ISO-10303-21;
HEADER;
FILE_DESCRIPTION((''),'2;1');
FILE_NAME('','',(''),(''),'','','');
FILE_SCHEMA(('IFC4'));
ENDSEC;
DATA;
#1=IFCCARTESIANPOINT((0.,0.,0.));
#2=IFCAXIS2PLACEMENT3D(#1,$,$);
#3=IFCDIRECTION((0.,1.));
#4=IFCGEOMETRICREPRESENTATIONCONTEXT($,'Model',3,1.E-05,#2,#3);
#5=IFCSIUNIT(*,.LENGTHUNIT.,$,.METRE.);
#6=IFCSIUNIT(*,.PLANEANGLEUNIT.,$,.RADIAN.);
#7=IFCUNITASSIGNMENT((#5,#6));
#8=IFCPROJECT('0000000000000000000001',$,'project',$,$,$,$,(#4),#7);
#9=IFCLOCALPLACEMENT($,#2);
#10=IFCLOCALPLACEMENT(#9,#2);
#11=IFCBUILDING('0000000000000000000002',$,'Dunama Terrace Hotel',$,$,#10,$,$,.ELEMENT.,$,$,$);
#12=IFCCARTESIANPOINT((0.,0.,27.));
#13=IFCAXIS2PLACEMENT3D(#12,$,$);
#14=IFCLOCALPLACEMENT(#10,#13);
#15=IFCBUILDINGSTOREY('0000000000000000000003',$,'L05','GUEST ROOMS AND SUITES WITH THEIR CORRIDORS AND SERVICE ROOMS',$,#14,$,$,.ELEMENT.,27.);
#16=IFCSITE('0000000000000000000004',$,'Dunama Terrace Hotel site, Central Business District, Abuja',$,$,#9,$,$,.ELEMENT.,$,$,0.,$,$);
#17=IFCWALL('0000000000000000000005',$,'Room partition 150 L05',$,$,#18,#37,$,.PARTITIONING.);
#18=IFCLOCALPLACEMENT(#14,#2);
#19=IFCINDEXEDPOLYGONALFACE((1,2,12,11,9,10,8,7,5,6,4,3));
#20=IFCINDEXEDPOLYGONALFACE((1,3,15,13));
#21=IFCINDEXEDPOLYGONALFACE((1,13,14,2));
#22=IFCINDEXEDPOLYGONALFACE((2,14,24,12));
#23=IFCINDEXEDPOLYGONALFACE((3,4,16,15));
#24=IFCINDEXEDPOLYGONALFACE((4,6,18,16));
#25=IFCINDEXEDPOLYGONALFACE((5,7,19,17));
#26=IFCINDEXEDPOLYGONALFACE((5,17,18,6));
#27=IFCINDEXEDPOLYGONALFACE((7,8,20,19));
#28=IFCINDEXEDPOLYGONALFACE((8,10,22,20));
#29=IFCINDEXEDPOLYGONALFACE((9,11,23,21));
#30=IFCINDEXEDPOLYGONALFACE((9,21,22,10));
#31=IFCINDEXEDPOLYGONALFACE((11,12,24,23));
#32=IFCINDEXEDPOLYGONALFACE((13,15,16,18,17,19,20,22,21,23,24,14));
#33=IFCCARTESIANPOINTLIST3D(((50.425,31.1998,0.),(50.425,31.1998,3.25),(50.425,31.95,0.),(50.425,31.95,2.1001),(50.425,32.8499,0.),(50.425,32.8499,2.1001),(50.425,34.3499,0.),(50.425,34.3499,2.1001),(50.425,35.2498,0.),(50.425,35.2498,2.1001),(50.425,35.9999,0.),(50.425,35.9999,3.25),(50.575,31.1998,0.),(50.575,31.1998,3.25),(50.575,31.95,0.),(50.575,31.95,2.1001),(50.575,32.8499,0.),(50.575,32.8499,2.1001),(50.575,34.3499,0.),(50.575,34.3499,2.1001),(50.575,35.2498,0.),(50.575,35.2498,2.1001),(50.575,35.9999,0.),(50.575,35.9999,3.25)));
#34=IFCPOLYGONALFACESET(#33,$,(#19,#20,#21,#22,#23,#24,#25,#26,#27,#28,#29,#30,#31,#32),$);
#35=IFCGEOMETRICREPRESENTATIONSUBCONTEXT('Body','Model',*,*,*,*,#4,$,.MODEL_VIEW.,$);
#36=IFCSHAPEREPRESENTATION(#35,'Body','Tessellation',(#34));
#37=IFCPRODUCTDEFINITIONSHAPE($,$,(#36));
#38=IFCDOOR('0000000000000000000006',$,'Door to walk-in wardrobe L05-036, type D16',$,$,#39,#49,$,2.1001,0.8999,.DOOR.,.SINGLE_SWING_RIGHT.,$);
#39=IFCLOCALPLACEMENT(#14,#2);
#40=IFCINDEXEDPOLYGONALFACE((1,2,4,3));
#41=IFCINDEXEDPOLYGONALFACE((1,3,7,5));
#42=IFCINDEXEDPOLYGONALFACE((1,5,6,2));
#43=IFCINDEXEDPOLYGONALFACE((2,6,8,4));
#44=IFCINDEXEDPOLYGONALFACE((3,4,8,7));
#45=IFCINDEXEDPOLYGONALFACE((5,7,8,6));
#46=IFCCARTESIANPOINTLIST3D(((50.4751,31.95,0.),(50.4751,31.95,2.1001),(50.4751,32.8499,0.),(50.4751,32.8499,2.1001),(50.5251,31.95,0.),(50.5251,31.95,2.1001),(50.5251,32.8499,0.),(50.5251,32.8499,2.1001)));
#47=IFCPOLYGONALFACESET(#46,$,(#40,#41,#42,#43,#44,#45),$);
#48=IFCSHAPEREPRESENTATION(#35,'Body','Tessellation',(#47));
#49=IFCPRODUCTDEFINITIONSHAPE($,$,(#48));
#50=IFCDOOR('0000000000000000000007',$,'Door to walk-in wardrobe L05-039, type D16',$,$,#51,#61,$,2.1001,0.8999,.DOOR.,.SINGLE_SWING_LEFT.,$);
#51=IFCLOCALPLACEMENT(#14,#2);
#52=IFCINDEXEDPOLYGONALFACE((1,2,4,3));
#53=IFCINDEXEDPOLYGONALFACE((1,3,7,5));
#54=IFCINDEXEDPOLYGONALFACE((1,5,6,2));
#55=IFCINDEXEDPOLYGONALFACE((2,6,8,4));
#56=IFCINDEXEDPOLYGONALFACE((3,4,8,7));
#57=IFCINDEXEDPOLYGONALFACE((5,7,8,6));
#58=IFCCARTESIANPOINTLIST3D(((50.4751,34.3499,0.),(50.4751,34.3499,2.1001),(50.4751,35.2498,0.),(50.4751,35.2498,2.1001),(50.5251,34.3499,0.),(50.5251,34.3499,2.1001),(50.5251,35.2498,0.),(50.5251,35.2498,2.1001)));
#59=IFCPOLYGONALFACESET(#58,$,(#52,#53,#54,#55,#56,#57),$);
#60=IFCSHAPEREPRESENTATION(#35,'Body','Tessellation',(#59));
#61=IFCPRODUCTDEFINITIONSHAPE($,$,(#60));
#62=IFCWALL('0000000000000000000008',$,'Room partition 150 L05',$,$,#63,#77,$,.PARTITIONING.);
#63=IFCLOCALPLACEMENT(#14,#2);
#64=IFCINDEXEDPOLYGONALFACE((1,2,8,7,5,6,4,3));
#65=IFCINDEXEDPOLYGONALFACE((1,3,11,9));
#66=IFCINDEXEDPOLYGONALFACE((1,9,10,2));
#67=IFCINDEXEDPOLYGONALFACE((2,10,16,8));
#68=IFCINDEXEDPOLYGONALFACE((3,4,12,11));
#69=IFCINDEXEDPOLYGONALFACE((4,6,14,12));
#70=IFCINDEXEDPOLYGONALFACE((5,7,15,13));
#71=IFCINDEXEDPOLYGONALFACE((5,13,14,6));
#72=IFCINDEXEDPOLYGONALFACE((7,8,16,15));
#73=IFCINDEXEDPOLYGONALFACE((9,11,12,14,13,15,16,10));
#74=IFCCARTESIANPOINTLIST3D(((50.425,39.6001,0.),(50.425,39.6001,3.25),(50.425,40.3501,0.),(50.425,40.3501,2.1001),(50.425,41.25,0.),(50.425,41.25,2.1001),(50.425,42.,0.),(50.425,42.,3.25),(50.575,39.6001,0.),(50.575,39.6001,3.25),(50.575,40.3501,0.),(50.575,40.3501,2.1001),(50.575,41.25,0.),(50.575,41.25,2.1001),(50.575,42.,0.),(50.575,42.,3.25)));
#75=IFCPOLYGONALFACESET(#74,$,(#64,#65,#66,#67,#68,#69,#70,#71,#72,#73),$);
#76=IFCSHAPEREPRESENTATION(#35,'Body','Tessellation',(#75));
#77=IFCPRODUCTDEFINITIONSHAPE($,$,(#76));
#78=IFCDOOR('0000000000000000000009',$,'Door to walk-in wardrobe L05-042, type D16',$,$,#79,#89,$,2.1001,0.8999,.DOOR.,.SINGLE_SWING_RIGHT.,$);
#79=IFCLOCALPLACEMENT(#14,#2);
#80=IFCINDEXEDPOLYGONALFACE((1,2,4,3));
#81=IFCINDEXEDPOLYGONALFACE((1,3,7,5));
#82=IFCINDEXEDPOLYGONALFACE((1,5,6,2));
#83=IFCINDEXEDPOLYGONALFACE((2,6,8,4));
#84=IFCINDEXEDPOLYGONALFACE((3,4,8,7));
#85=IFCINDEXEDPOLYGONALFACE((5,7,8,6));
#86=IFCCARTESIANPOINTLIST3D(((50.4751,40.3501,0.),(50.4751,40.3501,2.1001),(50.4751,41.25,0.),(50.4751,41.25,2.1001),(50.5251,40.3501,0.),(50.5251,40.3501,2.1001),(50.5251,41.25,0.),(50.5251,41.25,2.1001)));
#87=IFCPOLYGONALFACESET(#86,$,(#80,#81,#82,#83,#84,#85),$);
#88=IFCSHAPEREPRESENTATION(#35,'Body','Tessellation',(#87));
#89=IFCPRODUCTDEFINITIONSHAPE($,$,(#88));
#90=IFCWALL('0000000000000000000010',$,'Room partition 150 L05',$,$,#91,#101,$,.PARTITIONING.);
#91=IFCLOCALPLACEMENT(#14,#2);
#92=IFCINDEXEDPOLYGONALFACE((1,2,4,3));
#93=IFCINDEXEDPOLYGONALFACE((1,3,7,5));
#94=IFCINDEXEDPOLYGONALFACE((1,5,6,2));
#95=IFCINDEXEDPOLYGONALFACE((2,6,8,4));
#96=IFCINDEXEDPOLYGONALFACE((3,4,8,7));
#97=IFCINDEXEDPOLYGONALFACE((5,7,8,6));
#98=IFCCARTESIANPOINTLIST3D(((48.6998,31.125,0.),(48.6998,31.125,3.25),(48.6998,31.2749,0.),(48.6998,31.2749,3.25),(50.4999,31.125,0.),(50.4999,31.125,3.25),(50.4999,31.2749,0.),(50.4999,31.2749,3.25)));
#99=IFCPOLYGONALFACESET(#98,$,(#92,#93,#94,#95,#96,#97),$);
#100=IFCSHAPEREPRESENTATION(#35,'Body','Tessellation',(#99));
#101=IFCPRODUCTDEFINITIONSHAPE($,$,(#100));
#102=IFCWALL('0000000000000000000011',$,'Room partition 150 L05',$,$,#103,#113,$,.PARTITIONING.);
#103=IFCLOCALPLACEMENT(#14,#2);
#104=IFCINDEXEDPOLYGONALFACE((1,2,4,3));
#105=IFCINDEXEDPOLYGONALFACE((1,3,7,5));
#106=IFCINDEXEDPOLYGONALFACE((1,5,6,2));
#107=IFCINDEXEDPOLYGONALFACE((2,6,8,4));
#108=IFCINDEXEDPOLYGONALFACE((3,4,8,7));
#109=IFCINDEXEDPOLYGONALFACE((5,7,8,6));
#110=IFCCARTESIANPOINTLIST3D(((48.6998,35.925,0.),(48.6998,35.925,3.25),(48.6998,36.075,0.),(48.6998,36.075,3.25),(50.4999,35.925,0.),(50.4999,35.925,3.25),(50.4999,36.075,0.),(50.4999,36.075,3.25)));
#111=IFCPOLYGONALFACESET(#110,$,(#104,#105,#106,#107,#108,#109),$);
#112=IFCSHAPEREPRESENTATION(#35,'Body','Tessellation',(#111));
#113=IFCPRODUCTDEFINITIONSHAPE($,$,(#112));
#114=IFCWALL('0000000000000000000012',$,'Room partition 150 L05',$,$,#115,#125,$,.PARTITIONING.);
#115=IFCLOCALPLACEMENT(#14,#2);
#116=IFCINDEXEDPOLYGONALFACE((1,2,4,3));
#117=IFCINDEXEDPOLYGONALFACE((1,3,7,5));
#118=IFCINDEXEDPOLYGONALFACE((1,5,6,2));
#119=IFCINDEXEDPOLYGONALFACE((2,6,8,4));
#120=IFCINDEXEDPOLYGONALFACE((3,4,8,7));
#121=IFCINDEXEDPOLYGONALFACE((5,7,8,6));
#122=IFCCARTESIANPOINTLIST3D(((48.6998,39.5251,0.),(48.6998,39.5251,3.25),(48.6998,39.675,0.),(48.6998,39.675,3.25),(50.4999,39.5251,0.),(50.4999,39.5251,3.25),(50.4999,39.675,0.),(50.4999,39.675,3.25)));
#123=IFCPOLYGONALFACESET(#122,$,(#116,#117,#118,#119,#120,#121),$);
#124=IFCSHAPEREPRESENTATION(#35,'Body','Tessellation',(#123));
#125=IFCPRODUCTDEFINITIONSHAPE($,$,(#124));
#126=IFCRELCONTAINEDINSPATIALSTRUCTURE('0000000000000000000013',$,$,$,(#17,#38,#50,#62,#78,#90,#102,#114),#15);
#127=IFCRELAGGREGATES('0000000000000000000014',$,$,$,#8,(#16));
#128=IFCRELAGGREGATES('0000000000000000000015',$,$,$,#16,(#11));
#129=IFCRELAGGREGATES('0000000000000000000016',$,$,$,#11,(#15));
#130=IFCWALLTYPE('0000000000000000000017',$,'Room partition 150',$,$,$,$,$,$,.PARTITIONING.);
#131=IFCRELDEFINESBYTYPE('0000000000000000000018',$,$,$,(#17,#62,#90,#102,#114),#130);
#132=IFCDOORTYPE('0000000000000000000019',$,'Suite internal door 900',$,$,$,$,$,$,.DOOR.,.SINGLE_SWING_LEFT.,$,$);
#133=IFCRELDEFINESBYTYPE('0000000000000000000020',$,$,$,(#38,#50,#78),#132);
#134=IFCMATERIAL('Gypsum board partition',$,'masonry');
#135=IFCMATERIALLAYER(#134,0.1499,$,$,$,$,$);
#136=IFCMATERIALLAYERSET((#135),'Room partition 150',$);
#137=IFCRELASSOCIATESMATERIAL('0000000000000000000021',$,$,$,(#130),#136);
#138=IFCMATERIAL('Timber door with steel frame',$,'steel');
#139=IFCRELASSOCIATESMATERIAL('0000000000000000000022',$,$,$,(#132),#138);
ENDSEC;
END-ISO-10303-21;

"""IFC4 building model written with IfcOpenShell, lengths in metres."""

from ifc_helpers import new_model, si_unit, direction, frame, frame_2d, origin, place, context, subcontext, project, spatial, rectangle, extrude, material, layer, layer_set, type_object, element, fill, save


model = new_model("IFC4")

# Units and contexts
model_context = context("Model", 3, precision=1e-05, world=origin(), true_north=direction((0.0, 1.0)))
body_context = subcontext(model_context, "Body", "Model", "MODEL_VIEW")
ifc_project = project(units=[si_unit("LENGTHUNIT", "METRE"), si_unit("PLANEANGLEUNIT", "RADIAN")], contexts=[model_context])

# Site, building, storey
site_placement = place(None, origin())
site = spatial("IfcSite", under=ifc_project, at=site_placement, Name="Dunama Terrace Hotel site, Central Business District, Abuja", CompositionType="ELEMENT", RefElevation=0.0)
building_placement = place(site_placement, origin())
building = spatial("IfcBuilding", under=site, at=building_placement, Name="Dunama Terrace Hotel", CompositionType="ELEMENT")
storey_placement = place(building_placement, frame((0.0, 0.0, 27.0)))
storey = spatial("IfcBuildingStorey", under=building, at=storey_placement, Name="L05", Description="GUEST ROOMS AND SUITES WITH THEIR CORRIDORS AND SERVICE ROOMS", CompositionType="ELEMENT", Elevation=27.0)

# Shared definitions
ifc_material_1 = material(Name="Gypsum board partition", Category="masonry")
ifc_layer_1 = layer(ifc_material_1, 0.1499)
ifc_layer_set_1 = layer_set([ifc_layer_1], Name="Room partition 150")
wall_type = type_object("IfcWallType", Name="Room partition 150", PredefinedType="PARTITIONING", material=ifc_layer_set_1)

# Wall, openings, doors
ifc_material_2 = material(Name="Timber door with steel frame", Category="steel")
door_type = type_object("IfcDoorType", Name="Suite internal door 900", OperationType="SINGLE_SWING_LEFT", PredefinedType="DOOR", material=ifc_material_2)
wall_1_placement = place(storey_placement, frame((50.5, 31.2, 0.0), z_axis=(0.0, 0.0, 1.0), x_axis=(0.0, 1.0, 0.0)))
wall_1 = element("IfcWall", 1, at=wall_1_placement, inside=storey, type_object=wall_type, Name="Room partition 150 L05", PredefinedType="PARTITIONING", context=body_context, shape_type="SweptSolid", body=[
    extrude(rectangle(XDim=4.8, YDim=0.1499, at=frame_2d((2.3999, 0.0))), origin(), (0.0, 0.0, 1.0), 3.25),
])
opening_1_placement = place(wall_1_placement, frame((0.75, 0.0, 0.0)))
opening_1 = element("IfcOpeningElement", 2, at=opening_1_placement, cuts=wall_1, PredefinedType="OPENING", context=body_context, shape_type="SweptSolid", body=[
    extrude(rectangle(XDim=0.8999, YDim=2.1001, at=frame_2d((0.45, 1.05))), frame((0.0, 0.085, 0.0), z_axis=(0.0, -1.0, 0.0), x_axis=(1.0, 0.0, 0.0)), (0.0, 0.0, 1.0), 0.1699),
])
opening_2_placement = place(wall_1_placement, frame((3.1499, 0.0, 0.0)))
opening_2 = element("IfcOpeningElement", 3, at=opening_2_placement, cuts=wall_1, PredefinedType="OPENING", context=body_context, shape_type="SweptSolid", body=[
    extrude(rectangle(XDim=0.8999, YDim=2.1001, at=frame_2d((0.45, 1.05))), frame((0.0, 0.085, 0.0), z_axis=(0.0, -1.0, 0.0), x_axis=(1.0, 0.0, 0.0)), (0.0, 0.0, 1.0), 0.1699),
])
door_1_placement = place(opening_1_placement, origin())
door_1 = element("IfcDoor", 4, at=door_1_placement, inside=storey, type_object=door_type, Name="Door to walk-in wardrobe L05-036, type D16", OperationType="SINGLE_SWING_RIGHT", OverallHeight=2.1001, OverallWidth=0.8999, PredefinedType="DOOR", context=body_context, shape_type="SweptSolid", body=[
    extrude(rectangle(XDim=0.8999, YDim=2.1001, at=frame_2d((0.45, 1.05))), frame((0.0, 0.0249, 0.0), z_axis=(0.0, -1.0, 0.0), x_axis=(1.0, 0.0, 0.0)), (0.0, 0.0, 1.0), 0.05),
])
fill(opening_1, door_1)
door_2_placement = place(opening_2_placement, origin())
door_2 = element("IfcDoor", 5, at=door_2_placement, inside=storey, type_object=door_type, Name="Door to walk-in wardrobe L05-039, type D16", OperationType="SINGLE_SWING_LEFT", OverallHeight=2.1001, OverallWidth=0.8999, PredefinedType="DOOR", context=body_context, shape_type="SweptSolid", body=[
    extrude(rectangle(XDim=0.8999, YDim=2.1001, at=frame_2d((0.45, 1.05))), frame((0.0, 0.0249, 0.0), z_axis=(0.0, -1.0, 0.0), x_axis=(1.0, 0.0, 0.0)), (0.0, 0.0, 1.0), 0.05),
])
fill(opening_2, door_2)

# Wall, opening, door
wall_2_placement = place(storey_placement, frame((50.5, 39.6001, 0.0), z_axis=(0.0, 0.0, 1.0), x_axis=(0.0, 1.0, 0.0)))
wall_2 = element("IfcWall", 6, at=wall_2_placement, inside=storey, type_object=wall_type, Name="Room partition 150 L05", PredefinedType="PARTITIONING", context=body_context, shape_type="SweptSolid", body=[
    extrude(rectangle(XDim=2.3999, YDim=0.1499, at=frame_2d((1.2, 0.0))), origin(), (0.0, 0.0, 1.0), 3.25),
])
opening_3_placement = place(wall_2_placement, frame((0.75, 0.0, 0.0)))
opening_3 = element("IfcOpeningElement", 7, at=opening_3_placement, cuts=wall_2, PredefinedType="OPENING", context=body_context, shape_type="SweptSolid", body=[
    extrude(rectangle(XDim=0.8999, YDim=2.1001, at=frame_2d((0.45, 1.05))), frame((0.0, 0.085, 0.0), z_axis=(0.0, -1.0, 0.0), x_axis=(1.0, 0.0, 0.0)), (0.0, 0.0, 1.0), 0.1699),
])
door_3_placement = place(opening_3_placement, origin())
door_3 = element("IfcDoor", 8, at=door_3_placement, inside=storey, type_object=door_type, Name="Door to walk-in wardrobe L05-042, type D16", OperationType="SINGLE_SWING_RIGHT", OverallHeight=2.1001, OverallWidth=0.8999, PredefinedType="DOOR", context=body_context, shape_type="SweptSolid", body=[
    extrude(rectangle(XDim=0.8999, YDim=2.1001, at=frame_2d((0.45, 1.05))), frame((0.0, 0.0249, 0.0), z_axis=(0.0, -1.0, 0.0), x_axis=(1.0, 0.0, 0.0)), (0.0, 0.0, 1.0), 0.05),
])
fill(opening_3, door_3)

# Walls
for number, where, z_axis, x_axis, name in (
    (9, (48.7, 31.2, 0.0), (0.0, 0.0, 1.0), (1.0, 0.0, 0.0), "Room partition 150 L05"),
    (10, (48.7, 36.0, 0.0), (0.0, 0.0, 1.0), (1.0, 0.0, 0.0), "Room partition 150 L05"),
    (11, (48.7, 39.6001, 0.0), (0.0, 0.0, 1.0), (1.0, 0.0, 0.0), "Room partition 150 L05"),
):
    element("IfcWall", number, at=place(storey_placement, frame(where, z_axis=z_axis, x_axis=x_axis)), inside=storey, type_object=wall_type, Name=name, PredefinedType="PARTITIONING", context=body_context, shape_type="SweptSolid", body=[
        extrude(rectangle(XDim=1.8, YDim=0.1499, at=frame_2d((0.8999, 0.0))), origin(), (0.0, 0.0, 1.0), 3.25),
    ])

save(model, "model.ifc")
